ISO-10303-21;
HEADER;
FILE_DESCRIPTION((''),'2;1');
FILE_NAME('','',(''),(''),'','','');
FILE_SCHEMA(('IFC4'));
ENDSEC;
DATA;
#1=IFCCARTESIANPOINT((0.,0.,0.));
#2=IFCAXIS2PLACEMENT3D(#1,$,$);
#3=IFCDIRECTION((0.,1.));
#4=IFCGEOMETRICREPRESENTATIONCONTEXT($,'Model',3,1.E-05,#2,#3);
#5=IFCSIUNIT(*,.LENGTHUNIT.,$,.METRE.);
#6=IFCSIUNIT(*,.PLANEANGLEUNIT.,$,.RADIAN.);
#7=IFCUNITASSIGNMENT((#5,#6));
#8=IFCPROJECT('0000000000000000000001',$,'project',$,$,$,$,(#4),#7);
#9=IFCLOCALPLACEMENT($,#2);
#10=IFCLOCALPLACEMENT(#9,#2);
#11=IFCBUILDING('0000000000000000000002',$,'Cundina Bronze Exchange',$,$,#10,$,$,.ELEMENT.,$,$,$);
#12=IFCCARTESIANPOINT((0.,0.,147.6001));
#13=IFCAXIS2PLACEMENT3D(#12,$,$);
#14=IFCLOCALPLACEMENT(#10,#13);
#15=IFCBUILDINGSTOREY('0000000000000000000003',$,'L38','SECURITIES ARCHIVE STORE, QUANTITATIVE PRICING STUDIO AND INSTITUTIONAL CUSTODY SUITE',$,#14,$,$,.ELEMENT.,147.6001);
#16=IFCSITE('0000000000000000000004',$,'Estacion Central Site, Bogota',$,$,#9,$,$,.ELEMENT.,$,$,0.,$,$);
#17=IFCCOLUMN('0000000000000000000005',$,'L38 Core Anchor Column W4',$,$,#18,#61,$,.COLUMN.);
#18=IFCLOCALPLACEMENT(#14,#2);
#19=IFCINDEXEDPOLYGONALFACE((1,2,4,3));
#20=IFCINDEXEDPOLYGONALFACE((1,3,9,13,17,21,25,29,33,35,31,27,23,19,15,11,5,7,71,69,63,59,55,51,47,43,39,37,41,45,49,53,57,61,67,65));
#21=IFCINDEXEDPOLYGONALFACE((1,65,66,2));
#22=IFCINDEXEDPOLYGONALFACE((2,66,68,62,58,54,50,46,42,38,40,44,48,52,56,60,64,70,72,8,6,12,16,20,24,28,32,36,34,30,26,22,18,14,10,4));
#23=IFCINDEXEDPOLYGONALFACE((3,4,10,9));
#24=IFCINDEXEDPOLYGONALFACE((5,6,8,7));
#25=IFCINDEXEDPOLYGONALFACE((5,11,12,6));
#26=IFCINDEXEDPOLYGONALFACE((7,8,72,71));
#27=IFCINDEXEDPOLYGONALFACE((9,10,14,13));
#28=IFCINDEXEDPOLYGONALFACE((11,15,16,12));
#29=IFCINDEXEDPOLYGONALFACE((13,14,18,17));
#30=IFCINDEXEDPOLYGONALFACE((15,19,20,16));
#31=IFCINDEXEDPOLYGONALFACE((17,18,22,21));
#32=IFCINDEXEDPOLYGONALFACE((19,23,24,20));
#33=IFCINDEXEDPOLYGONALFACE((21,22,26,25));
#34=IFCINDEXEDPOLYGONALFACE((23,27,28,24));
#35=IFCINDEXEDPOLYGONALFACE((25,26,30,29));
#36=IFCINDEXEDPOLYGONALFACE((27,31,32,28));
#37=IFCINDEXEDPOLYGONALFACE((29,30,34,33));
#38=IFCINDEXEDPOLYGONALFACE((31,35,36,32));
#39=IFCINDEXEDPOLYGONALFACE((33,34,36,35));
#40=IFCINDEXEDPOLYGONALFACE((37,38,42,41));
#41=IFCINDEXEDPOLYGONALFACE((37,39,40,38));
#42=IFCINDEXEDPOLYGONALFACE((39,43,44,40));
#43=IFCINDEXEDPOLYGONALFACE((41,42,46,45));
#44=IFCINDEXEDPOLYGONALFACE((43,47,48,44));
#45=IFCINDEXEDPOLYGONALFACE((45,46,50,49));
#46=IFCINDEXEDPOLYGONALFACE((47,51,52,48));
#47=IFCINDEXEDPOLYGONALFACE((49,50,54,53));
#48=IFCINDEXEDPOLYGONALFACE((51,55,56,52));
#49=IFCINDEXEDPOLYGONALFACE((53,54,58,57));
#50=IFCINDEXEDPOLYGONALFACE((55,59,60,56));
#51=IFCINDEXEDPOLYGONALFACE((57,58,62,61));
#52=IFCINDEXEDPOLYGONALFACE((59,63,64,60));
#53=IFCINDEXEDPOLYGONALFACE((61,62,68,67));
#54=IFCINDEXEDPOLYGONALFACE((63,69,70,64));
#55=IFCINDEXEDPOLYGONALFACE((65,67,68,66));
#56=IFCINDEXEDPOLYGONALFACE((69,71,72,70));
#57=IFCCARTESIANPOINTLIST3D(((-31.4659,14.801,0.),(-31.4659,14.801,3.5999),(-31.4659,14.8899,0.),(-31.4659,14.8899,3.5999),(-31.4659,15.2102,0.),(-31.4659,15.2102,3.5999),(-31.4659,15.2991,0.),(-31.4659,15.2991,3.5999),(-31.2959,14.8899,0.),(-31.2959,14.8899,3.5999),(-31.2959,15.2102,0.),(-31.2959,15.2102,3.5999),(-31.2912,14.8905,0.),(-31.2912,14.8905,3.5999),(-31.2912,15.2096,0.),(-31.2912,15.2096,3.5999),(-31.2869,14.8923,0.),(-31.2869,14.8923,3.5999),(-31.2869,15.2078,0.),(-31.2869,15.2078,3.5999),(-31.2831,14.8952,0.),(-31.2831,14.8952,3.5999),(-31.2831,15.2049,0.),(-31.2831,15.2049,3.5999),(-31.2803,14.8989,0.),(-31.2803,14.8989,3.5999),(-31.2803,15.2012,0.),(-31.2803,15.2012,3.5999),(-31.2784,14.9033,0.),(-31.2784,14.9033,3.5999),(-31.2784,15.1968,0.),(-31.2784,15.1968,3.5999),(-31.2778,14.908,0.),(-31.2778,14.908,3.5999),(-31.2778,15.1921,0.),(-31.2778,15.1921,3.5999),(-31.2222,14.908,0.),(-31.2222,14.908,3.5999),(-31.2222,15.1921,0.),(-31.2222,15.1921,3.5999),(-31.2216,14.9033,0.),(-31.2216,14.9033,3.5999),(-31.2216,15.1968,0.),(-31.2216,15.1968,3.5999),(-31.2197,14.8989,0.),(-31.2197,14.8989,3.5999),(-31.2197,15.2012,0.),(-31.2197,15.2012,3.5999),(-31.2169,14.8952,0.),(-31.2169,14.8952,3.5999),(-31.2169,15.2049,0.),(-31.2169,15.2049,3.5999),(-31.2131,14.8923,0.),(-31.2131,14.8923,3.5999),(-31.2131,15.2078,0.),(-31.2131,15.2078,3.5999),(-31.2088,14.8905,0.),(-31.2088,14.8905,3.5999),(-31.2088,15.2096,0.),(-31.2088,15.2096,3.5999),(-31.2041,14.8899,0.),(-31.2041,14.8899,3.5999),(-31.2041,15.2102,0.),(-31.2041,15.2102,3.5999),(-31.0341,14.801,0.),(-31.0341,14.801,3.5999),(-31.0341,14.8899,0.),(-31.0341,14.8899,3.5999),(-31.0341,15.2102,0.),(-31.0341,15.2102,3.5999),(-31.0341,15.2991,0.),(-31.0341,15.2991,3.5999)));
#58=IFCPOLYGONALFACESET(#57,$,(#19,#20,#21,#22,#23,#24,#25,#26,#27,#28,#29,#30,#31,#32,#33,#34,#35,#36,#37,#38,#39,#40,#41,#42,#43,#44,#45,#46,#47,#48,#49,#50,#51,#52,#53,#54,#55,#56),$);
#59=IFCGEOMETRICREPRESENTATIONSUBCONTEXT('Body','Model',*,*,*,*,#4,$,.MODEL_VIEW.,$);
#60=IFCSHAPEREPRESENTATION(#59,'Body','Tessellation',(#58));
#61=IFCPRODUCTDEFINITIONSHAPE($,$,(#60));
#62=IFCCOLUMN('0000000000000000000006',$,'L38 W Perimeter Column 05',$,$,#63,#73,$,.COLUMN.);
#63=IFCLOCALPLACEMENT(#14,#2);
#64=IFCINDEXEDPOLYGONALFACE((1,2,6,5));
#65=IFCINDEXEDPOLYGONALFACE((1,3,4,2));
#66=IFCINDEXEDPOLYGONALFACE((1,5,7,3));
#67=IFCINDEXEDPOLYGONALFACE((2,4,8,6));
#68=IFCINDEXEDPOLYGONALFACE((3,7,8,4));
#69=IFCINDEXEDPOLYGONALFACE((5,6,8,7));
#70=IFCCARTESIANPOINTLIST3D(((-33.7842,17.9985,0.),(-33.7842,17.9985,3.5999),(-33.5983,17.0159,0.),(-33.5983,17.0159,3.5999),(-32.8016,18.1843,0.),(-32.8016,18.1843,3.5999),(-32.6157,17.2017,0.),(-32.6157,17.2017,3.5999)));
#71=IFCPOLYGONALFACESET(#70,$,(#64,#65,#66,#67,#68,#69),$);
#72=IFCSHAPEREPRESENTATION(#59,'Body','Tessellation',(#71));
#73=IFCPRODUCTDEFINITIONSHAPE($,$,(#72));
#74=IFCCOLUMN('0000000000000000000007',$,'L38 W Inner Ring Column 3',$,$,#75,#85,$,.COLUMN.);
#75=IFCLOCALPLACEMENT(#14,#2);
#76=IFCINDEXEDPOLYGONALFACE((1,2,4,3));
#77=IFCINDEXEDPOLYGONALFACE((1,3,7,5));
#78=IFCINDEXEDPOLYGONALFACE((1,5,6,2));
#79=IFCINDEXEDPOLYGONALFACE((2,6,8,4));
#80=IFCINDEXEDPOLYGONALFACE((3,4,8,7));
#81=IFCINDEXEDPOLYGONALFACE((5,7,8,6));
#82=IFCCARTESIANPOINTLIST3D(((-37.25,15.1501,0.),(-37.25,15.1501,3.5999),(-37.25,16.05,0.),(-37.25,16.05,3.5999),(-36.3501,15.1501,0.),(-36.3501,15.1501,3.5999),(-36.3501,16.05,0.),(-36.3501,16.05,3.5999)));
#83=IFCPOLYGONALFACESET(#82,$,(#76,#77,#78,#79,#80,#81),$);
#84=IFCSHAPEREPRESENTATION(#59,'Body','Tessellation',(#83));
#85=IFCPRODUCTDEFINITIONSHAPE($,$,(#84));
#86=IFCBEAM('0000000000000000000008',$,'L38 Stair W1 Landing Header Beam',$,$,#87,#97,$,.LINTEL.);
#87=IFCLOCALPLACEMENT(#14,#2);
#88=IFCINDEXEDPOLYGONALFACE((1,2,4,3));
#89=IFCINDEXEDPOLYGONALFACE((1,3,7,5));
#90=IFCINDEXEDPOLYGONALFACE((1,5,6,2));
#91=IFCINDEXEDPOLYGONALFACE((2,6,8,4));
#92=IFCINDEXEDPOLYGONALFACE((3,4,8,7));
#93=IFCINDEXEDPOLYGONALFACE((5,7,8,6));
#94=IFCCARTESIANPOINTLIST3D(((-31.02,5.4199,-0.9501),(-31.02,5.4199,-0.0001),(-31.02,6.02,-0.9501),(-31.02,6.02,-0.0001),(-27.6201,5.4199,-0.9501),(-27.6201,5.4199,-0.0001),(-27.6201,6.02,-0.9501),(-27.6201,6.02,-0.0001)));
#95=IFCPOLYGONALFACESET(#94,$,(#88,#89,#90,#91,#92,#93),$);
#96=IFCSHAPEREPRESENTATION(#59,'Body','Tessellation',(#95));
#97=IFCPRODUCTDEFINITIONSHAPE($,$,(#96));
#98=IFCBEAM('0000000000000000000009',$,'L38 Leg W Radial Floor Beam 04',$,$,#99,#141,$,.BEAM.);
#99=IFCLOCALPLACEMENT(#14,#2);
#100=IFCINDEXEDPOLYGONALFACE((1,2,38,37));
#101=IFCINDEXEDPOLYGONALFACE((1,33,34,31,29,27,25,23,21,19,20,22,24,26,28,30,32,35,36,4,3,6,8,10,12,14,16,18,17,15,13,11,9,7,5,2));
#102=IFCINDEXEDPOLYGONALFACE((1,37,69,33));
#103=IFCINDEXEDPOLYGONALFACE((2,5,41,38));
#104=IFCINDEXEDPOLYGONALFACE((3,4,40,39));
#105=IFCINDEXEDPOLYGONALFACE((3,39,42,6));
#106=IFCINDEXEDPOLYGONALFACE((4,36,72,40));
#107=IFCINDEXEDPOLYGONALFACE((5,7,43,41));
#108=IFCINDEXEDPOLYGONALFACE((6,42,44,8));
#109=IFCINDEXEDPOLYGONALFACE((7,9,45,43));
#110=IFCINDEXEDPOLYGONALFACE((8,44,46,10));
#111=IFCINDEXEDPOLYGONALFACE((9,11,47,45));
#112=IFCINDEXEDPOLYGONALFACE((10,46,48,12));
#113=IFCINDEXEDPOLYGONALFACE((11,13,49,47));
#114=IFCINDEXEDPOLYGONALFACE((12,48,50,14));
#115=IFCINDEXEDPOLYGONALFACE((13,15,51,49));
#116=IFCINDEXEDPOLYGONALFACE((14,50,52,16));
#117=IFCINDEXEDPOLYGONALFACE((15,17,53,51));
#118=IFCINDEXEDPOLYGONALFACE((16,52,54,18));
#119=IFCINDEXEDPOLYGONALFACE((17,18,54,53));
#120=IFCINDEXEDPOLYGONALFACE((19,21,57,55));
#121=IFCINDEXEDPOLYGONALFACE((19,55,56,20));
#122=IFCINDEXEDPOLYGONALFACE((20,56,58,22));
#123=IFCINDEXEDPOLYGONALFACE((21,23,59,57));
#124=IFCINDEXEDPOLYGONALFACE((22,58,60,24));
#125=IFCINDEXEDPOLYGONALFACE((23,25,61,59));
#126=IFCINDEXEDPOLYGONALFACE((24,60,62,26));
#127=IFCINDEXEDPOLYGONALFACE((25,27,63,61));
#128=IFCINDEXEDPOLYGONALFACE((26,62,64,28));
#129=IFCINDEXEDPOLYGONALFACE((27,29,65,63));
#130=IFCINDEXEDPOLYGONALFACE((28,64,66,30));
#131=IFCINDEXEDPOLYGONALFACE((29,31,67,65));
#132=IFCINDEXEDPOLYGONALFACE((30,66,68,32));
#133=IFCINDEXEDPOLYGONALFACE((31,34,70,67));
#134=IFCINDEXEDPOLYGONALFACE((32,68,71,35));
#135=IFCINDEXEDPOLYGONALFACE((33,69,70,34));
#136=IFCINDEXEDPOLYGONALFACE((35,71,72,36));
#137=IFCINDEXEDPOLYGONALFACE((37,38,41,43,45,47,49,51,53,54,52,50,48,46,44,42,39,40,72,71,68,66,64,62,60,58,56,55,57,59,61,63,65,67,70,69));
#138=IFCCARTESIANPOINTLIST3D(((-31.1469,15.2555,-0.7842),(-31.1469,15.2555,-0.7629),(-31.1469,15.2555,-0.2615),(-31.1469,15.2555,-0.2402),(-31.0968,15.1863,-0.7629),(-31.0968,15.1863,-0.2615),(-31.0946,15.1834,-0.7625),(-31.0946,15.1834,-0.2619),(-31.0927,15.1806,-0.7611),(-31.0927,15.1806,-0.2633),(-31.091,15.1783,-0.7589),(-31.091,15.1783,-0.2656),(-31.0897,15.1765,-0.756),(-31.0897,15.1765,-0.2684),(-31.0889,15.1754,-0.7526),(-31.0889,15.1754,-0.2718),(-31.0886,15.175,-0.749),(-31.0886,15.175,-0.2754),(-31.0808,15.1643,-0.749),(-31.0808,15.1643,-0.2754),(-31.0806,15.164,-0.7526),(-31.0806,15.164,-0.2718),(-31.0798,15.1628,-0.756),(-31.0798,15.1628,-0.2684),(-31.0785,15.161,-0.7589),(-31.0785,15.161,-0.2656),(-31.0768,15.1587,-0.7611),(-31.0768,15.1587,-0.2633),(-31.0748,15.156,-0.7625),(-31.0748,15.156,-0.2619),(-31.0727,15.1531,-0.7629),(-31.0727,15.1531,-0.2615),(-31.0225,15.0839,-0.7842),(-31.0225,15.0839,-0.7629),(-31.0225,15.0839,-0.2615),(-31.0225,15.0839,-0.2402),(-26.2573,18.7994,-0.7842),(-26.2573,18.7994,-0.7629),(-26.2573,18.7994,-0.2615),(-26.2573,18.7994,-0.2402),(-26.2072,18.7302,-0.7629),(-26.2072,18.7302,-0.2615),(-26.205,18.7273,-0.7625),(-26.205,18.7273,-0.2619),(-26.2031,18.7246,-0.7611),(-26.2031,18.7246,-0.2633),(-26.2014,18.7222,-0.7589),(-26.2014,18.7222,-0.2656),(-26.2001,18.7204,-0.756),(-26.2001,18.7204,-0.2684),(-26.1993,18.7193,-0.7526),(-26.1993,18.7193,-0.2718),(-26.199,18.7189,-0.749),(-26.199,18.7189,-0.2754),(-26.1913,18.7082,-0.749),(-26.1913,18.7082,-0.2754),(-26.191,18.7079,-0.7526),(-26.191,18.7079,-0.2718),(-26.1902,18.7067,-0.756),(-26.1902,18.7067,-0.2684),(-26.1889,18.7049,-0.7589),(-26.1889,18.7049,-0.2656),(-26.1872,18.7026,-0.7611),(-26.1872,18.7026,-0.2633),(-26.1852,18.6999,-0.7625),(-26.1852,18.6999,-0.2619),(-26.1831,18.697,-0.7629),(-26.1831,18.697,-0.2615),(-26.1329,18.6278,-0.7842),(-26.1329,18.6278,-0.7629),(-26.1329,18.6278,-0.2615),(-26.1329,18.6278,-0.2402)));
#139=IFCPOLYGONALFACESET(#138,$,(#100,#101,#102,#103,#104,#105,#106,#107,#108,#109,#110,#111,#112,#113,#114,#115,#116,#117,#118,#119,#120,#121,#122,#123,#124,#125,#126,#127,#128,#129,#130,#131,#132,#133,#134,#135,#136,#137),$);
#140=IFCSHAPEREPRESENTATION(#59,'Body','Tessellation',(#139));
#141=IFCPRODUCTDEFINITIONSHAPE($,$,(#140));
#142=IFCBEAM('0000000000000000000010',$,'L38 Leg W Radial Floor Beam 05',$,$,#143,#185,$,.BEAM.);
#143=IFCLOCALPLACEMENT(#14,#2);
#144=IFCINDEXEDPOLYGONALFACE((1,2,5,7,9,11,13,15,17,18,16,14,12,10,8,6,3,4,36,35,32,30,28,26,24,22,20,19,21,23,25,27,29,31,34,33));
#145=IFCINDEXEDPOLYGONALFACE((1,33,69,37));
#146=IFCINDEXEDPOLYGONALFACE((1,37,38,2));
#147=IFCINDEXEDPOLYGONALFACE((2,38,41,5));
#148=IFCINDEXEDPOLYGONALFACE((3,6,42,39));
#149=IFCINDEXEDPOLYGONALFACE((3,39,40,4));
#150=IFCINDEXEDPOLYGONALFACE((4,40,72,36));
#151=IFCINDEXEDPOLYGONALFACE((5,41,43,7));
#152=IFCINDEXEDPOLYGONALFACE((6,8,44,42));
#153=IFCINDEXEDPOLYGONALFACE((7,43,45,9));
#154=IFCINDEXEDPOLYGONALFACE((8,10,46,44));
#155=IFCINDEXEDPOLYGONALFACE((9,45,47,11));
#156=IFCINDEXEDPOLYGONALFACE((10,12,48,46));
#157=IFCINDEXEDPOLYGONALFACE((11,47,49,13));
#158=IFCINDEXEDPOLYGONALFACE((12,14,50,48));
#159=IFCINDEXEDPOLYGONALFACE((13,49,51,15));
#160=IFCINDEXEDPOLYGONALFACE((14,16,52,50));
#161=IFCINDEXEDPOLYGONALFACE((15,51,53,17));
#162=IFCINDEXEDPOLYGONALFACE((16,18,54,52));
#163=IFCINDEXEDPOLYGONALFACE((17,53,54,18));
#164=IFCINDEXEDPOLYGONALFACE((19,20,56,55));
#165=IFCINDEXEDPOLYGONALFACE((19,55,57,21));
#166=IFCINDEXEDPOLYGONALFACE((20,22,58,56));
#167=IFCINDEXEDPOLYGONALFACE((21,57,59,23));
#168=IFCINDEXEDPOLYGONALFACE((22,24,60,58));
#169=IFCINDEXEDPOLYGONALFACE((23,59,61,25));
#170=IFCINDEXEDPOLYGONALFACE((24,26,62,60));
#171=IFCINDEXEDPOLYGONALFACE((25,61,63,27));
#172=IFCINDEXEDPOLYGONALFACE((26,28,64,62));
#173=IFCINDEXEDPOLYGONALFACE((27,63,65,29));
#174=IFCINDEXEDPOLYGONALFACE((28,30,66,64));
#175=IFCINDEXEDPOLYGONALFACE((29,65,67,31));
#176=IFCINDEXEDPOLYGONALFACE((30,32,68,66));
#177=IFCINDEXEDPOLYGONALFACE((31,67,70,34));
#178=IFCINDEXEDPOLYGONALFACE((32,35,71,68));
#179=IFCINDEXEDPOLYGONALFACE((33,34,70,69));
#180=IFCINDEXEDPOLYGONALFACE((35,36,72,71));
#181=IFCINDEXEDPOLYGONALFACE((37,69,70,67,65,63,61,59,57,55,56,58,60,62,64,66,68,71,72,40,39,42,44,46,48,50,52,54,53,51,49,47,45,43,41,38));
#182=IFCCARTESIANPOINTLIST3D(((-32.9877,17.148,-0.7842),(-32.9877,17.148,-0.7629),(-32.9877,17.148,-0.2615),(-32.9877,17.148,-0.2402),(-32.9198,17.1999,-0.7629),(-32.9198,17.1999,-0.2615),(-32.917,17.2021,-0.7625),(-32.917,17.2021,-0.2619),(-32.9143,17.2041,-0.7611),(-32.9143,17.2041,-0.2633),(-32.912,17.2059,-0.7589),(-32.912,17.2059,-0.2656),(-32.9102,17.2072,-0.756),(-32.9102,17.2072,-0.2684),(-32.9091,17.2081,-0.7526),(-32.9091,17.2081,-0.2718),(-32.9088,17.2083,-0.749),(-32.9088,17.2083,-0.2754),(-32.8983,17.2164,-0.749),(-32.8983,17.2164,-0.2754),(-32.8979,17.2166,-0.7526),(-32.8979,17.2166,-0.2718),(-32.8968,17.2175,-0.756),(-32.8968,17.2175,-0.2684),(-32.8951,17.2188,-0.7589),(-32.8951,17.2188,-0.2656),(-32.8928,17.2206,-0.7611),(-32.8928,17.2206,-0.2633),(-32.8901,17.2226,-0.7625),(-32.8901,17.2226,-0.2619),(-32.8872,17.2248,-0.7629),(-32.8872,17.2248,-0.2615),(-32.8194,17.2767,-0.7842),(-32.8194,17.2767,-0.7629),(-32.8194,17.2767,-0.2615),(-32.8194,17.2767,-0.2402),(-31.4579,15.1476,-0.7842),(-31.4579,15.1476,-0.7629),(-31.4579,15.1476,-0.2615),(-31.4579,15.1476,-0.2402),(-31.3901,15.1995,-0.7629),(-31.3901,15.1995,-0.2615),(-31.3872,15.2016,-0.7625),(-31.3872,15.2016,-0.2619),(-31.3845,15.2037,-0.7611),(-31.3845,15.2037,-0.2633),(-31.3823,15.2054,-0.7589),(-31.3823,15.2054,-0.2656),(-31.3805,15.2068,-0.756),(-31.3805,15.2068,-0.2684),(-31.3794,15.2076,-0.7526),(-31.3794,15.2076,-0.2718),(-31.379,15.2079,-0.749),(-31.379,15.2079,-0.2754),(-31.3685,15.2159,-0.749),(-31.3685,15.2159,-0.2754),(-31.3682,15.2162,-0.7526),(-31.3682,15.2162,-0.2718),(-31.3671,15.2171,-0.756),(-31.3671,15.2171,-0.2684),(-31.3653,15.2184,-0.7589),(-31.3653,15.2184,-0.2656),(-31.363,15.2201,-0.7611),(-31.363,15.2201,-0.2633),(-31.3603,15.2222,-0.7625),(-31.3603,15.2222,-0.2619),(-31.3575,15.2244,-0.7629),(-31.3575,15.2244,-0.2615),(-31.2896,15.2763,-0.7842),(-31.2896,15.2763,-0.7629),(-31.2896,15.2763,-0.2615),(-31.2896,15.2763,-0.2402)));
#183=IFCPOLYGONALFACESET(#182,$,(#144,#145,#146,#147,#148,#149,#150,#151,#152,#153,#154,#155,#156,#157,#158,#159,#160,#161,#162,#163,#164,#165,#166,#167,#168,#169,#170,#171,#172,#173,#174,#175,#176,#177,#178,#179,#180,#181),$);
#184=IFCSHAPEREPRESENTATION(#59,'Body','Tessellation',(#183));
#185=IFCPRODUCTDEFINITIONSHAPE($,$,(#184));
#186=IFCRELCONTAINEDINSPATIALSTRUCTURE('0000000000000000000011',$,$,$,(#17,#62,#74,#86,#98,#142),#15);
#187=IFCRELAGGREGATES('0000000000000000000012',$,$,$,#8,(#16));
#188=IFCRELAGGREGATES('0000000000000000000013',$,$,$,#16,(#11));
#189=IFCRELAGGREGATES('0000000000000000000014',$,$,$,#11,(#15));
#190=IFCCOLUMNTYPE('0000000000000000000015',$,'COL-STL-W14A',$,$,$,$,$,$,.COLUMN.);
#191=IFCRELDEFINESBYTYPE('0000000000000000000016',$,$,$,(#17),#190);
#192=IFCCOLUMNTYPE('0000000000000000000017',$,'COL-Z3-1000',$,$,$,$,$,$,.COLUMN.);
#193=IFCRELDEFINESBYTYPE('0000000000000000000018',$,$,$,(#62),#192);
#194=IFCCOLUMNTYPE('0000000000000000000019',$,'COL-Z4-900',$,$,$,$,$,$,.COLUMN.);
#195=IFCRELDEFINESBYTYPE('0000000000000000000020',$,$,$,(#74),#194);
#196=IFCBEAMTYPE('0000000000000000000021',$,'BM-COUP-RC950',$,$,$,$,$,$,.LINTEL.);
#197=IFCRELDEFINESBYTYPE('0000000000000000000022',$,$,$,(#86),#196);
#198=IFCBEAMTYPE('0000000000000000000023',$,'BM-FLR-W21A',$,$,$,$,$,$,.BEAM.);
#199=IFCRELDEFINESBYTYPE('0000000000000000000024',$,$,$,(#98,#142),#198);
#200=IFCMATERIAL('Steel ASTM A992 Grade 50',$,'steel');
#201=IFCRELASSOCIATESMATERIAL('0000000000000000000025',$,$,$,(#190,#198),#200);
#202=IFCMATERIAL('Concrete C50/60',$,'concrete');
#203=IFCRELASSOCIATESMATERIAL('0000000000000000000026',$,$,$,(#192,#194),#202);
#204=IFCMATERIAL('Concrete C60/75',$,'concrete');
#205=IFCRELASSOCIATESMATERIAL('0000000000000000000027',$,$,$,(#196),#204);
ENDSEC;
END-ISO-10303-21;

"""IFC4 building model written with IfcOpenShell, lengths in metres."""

from ifc_helpers import new_model, si_unit, direction, frame, origin, origin_2d, place, context, subcontext, project, spatial, rectangle, i_section, extrude, material, material_profile, profile_set, type_object, element, save


model = new_model("IFC4")

# Units and contexts
model_context = context("Model", 3, precision=1e-05, world=origin(), true_north=direction((0.0, 1.0)))
body_context = subcontext(model_context, "Body", "Model", "MODEL_VIEW")
ifc_project = project(units=[si_unit("LENGTHUNIT", "METRE"), si_unit("PLANEANGLEUNIT", "RADIAN")], contexts=[model_context])

# Site, building, storey
site_placement = place(None, origin())
site = spatial("IfcSite", under=ifc_project, at=site_placement, Name="Estacion Central Site, Bogota", CompositionType="ELEMENT", RefElevation=0.0)
building_placement = place(site_placement, origin())
building = spatial("IfcBuilding", under=site, at=building_placement, Name="Cundina Bronze Exchange", CompositionType="ELEMENT")
storey_placement = place(building_placement, frame((0.0, 0.0, 147.6001)))
storey = spatial("IfcBuildingStorey", under=building, at=storey_placement, Name="L38", Description="SECURITIES ARCHIVE STORE, QUANTITATIVE PRICING STUDIO AND INSTITUTIONAL CUSTODY SUITE", CompositionType="ELEMENT", Elevation=147.6001)

# Columns
ifc_material_1 = material(Name="Steel ASTM A992 Grade 50", Category="steel")
ifc_material_profile_1 = material_profile(ifc_material_1, i_section(OverallWidth=0.4319, OverallDepth=0.498, WebThickness=0.0557, FlangeThickness=0.0889, FilletRadius=0.0181, at=origin_2d()), Name="W14X500", Category="steel")
ifc_profile_set_1 = profile_set([ifc_material_profile_1], Name="Steel ASTM A992 Grade 50")
column_type_1 = type_object("IfcColumnType", Name="COL-STL-W14A", PredefinedType="COLUMN", material=ifc_profile_set_1)
column_1_placement = place(storey_placement, frame((-31.25, 15.05, 0.0), z_axis=(0.0, 0.0, 1.0), x_axis=(1.0, 0.0, 0.0)))
element("IfcColumn", 1, at=column_1_placement, inside=storey, type_object=column_type_1, Name="L38 Core Anchor Column W4", PredefinedType="COLUMN", context=body_context, shape_type="SweptSolid", body=[
    extrude(i_section(OverallWidth=0.4319, OverallDepth=0.498, WebThickness=0.0557, FlangeThickness=0.0889, FilletRadius=0.0181, at=origin_2d()), origin(), (0.0, 0.0, 1.0), 3.5999),
])
ifc_material_2 = material(Name="Concrete C50/60", Category="concrete")
ifc_material_profile_2 = material_profile(ifc_material_2, rectangle(XDim=1.0, YDim=1.0, at=origin_2d()), Name="RC1000X1000", Category="concrete")
ifc_profile_set_2 = profile_set([ifc_material_profile_2], Name="Concrete C50/60")
column_type_2 = type_object("IfcColumnType", Name="COL-Z3-1000", PredefinedType="COLUMN", material=ifc_profile_set_2)
column_2_placement = place(storey_placement, frame((-33.2, 17.6001, 0.0), z_axis=(0.0, 0.0, 1.0), x_axis=(-0.98258, -0.185838, 0.0)))
element("IfcColumn", 2, at=column_2_placement, inside=storey, type_object=column_type_2, Name="L38 W Perimeter Column 05", PredefinedType="COLUMN", context=body_context, shape_type="SweptSolid", body=[
    extrude(rectangle(XDim=1.0, YDim=1.0, at=origin_2d()), origin(), (0.0, 0.0, 1.0), 3.5999),
])
ifc_material_profile_3 = material_profile(ifc_material_2, rectangle(XDim=0.8999, YDim=0.8999, at=origin_2d()), Name="RC900X900", Category="concrete")
ifc_profile_set_3 = profile_set([ifc_material_profile_3], Name="Concrete C50/60")
column_type_3 = type_object("IfcColumnType", Name="COL-Z4-900", PredefinedType="COLUMN", material=ifc_profile_set_3)
column_3_placement = place(storey_placement, frame((-36.8, 15.6001, 0.0), z_axis=(0.0, 0.0, 1.0), x_axis=(1.0, 0.0, 0.0)))
element("IfcColumn", 3, at=column_3_placement, inside=storey, type_object=column_type_3, Name="L38 W Inner Ring Column 3", PredefinedType="COLUMN", context=body_context, shape_type="SweptSolid", body=[
    extrude(rectangle(XDim=0.8999, YDim=0.8999, at=origin_2d()), origin(), (0.0, 0.0, 1.0), 3.5999),
])

# Beams
ifc_material_3 = material(Name="Concrete C60/75", Category="concrete")
ifc_material_profile_4 = material_profile(ifc_material_3, rectangle(XDim=0.6001, YDim=0.95, at=origin_2d()), Name="RC600X950", Category="concrete")
ifc_profile_set_4 = profile_set([ifc_material_profile_4], Name="Concrete C60/75")
beam_type_1 = type_object("IfcBeamType", Name="BM-COUP-RC950", PredefinedType="LINTEL", material=ifc_profile_set_4)
beam_1_placement = place(storey_placement, frame((-31.02, 5.72, -0.4751), z_axis=(1.0, 0.0, 0.0), x_axis=(0.0, 1.0, 0.0)))
element("IfcBeam", 4, at=beam_1_placement, inside=storey, type_object=beam_type_1, Name="L38 Stair W1 Landing Header Beam", PredefinedType="LINTEL", context=body_context, shape_type="SweptSolid", body=[
    extrude(rectangle(XDim=0.6001, YDim=0.95, at=origin_2d()), origin(), (0.0, 0.0, 1.0), 3.3999),
])
ifc_material_profile_5 = material_profile(ifc_material_1, i_section(OverallWidth=0.2119, OverallDepth=0.5439, WebThickness=0.0132, FlangeThickness=0.0212, FilletRadius=0.0139, at=origin_2d()), Name="W21X83", Category="steel")
ifc_profile_set_5 = profile_set([ifc_material_profile_5], Name="Steel ASTM A992 Grade 50")
beam_type_2 = type_object("IfcBeamType", Name="BM-FLR-W21A", PredefinedType="BEAM", material=ifc_profile_set_5)
beam_2_placement = place(storey_placement, frame((-31.0847, 15.1697, -0.5122), z_axis=(0.809693, 0.586854, 0.0), x_axis=(-0.586854, 0.809693, 0.0)))
element("IfcBeam", 5, at=beam_2_placement, inside=storey, type_object=beam_type_2, Name="L38 Leg W Radial Floor Beam 04", PredefinedType="BEAM", context=body_context, shape_type="SweptSolid", body=[
    extrude(i_section(OverallWidth=0.2119, OverallDepth=0.5439, WebThickness=0.0132, FlangeThickness=0.0212, FilletRadius=0.0139, at=origin_2d()), origin(), (0.0, 0.0, 1.0), 6.0388),
])
beam_3_placement = place(storey_placement, frame((-31.3738, 15.2119, -0.5122), z_axis=(-0.60745, 0.794358, 0.0), x_axis=(-0.794358, -0.60745, 0.0)))
element("IfcBeam", 6, at=beam_3_placement, inside=storey, type_object=beam_type_2, Name="L38 Leg W Radial Floor Beam 05", PredefinedType="BEAM", context=body_context, shape_type="SweptSolid", body=[
    extrude(i_section(OverallWidth=0.2119, OverallDepth=0.5439, WebThickness=0.0132, FlangeThickness=0.0212, FilletRadius=0.0139, at=origin_2d()), origin(), (0.0, 0.0, 1.0), 2.5183),
])

save(model, "model.ifc")
